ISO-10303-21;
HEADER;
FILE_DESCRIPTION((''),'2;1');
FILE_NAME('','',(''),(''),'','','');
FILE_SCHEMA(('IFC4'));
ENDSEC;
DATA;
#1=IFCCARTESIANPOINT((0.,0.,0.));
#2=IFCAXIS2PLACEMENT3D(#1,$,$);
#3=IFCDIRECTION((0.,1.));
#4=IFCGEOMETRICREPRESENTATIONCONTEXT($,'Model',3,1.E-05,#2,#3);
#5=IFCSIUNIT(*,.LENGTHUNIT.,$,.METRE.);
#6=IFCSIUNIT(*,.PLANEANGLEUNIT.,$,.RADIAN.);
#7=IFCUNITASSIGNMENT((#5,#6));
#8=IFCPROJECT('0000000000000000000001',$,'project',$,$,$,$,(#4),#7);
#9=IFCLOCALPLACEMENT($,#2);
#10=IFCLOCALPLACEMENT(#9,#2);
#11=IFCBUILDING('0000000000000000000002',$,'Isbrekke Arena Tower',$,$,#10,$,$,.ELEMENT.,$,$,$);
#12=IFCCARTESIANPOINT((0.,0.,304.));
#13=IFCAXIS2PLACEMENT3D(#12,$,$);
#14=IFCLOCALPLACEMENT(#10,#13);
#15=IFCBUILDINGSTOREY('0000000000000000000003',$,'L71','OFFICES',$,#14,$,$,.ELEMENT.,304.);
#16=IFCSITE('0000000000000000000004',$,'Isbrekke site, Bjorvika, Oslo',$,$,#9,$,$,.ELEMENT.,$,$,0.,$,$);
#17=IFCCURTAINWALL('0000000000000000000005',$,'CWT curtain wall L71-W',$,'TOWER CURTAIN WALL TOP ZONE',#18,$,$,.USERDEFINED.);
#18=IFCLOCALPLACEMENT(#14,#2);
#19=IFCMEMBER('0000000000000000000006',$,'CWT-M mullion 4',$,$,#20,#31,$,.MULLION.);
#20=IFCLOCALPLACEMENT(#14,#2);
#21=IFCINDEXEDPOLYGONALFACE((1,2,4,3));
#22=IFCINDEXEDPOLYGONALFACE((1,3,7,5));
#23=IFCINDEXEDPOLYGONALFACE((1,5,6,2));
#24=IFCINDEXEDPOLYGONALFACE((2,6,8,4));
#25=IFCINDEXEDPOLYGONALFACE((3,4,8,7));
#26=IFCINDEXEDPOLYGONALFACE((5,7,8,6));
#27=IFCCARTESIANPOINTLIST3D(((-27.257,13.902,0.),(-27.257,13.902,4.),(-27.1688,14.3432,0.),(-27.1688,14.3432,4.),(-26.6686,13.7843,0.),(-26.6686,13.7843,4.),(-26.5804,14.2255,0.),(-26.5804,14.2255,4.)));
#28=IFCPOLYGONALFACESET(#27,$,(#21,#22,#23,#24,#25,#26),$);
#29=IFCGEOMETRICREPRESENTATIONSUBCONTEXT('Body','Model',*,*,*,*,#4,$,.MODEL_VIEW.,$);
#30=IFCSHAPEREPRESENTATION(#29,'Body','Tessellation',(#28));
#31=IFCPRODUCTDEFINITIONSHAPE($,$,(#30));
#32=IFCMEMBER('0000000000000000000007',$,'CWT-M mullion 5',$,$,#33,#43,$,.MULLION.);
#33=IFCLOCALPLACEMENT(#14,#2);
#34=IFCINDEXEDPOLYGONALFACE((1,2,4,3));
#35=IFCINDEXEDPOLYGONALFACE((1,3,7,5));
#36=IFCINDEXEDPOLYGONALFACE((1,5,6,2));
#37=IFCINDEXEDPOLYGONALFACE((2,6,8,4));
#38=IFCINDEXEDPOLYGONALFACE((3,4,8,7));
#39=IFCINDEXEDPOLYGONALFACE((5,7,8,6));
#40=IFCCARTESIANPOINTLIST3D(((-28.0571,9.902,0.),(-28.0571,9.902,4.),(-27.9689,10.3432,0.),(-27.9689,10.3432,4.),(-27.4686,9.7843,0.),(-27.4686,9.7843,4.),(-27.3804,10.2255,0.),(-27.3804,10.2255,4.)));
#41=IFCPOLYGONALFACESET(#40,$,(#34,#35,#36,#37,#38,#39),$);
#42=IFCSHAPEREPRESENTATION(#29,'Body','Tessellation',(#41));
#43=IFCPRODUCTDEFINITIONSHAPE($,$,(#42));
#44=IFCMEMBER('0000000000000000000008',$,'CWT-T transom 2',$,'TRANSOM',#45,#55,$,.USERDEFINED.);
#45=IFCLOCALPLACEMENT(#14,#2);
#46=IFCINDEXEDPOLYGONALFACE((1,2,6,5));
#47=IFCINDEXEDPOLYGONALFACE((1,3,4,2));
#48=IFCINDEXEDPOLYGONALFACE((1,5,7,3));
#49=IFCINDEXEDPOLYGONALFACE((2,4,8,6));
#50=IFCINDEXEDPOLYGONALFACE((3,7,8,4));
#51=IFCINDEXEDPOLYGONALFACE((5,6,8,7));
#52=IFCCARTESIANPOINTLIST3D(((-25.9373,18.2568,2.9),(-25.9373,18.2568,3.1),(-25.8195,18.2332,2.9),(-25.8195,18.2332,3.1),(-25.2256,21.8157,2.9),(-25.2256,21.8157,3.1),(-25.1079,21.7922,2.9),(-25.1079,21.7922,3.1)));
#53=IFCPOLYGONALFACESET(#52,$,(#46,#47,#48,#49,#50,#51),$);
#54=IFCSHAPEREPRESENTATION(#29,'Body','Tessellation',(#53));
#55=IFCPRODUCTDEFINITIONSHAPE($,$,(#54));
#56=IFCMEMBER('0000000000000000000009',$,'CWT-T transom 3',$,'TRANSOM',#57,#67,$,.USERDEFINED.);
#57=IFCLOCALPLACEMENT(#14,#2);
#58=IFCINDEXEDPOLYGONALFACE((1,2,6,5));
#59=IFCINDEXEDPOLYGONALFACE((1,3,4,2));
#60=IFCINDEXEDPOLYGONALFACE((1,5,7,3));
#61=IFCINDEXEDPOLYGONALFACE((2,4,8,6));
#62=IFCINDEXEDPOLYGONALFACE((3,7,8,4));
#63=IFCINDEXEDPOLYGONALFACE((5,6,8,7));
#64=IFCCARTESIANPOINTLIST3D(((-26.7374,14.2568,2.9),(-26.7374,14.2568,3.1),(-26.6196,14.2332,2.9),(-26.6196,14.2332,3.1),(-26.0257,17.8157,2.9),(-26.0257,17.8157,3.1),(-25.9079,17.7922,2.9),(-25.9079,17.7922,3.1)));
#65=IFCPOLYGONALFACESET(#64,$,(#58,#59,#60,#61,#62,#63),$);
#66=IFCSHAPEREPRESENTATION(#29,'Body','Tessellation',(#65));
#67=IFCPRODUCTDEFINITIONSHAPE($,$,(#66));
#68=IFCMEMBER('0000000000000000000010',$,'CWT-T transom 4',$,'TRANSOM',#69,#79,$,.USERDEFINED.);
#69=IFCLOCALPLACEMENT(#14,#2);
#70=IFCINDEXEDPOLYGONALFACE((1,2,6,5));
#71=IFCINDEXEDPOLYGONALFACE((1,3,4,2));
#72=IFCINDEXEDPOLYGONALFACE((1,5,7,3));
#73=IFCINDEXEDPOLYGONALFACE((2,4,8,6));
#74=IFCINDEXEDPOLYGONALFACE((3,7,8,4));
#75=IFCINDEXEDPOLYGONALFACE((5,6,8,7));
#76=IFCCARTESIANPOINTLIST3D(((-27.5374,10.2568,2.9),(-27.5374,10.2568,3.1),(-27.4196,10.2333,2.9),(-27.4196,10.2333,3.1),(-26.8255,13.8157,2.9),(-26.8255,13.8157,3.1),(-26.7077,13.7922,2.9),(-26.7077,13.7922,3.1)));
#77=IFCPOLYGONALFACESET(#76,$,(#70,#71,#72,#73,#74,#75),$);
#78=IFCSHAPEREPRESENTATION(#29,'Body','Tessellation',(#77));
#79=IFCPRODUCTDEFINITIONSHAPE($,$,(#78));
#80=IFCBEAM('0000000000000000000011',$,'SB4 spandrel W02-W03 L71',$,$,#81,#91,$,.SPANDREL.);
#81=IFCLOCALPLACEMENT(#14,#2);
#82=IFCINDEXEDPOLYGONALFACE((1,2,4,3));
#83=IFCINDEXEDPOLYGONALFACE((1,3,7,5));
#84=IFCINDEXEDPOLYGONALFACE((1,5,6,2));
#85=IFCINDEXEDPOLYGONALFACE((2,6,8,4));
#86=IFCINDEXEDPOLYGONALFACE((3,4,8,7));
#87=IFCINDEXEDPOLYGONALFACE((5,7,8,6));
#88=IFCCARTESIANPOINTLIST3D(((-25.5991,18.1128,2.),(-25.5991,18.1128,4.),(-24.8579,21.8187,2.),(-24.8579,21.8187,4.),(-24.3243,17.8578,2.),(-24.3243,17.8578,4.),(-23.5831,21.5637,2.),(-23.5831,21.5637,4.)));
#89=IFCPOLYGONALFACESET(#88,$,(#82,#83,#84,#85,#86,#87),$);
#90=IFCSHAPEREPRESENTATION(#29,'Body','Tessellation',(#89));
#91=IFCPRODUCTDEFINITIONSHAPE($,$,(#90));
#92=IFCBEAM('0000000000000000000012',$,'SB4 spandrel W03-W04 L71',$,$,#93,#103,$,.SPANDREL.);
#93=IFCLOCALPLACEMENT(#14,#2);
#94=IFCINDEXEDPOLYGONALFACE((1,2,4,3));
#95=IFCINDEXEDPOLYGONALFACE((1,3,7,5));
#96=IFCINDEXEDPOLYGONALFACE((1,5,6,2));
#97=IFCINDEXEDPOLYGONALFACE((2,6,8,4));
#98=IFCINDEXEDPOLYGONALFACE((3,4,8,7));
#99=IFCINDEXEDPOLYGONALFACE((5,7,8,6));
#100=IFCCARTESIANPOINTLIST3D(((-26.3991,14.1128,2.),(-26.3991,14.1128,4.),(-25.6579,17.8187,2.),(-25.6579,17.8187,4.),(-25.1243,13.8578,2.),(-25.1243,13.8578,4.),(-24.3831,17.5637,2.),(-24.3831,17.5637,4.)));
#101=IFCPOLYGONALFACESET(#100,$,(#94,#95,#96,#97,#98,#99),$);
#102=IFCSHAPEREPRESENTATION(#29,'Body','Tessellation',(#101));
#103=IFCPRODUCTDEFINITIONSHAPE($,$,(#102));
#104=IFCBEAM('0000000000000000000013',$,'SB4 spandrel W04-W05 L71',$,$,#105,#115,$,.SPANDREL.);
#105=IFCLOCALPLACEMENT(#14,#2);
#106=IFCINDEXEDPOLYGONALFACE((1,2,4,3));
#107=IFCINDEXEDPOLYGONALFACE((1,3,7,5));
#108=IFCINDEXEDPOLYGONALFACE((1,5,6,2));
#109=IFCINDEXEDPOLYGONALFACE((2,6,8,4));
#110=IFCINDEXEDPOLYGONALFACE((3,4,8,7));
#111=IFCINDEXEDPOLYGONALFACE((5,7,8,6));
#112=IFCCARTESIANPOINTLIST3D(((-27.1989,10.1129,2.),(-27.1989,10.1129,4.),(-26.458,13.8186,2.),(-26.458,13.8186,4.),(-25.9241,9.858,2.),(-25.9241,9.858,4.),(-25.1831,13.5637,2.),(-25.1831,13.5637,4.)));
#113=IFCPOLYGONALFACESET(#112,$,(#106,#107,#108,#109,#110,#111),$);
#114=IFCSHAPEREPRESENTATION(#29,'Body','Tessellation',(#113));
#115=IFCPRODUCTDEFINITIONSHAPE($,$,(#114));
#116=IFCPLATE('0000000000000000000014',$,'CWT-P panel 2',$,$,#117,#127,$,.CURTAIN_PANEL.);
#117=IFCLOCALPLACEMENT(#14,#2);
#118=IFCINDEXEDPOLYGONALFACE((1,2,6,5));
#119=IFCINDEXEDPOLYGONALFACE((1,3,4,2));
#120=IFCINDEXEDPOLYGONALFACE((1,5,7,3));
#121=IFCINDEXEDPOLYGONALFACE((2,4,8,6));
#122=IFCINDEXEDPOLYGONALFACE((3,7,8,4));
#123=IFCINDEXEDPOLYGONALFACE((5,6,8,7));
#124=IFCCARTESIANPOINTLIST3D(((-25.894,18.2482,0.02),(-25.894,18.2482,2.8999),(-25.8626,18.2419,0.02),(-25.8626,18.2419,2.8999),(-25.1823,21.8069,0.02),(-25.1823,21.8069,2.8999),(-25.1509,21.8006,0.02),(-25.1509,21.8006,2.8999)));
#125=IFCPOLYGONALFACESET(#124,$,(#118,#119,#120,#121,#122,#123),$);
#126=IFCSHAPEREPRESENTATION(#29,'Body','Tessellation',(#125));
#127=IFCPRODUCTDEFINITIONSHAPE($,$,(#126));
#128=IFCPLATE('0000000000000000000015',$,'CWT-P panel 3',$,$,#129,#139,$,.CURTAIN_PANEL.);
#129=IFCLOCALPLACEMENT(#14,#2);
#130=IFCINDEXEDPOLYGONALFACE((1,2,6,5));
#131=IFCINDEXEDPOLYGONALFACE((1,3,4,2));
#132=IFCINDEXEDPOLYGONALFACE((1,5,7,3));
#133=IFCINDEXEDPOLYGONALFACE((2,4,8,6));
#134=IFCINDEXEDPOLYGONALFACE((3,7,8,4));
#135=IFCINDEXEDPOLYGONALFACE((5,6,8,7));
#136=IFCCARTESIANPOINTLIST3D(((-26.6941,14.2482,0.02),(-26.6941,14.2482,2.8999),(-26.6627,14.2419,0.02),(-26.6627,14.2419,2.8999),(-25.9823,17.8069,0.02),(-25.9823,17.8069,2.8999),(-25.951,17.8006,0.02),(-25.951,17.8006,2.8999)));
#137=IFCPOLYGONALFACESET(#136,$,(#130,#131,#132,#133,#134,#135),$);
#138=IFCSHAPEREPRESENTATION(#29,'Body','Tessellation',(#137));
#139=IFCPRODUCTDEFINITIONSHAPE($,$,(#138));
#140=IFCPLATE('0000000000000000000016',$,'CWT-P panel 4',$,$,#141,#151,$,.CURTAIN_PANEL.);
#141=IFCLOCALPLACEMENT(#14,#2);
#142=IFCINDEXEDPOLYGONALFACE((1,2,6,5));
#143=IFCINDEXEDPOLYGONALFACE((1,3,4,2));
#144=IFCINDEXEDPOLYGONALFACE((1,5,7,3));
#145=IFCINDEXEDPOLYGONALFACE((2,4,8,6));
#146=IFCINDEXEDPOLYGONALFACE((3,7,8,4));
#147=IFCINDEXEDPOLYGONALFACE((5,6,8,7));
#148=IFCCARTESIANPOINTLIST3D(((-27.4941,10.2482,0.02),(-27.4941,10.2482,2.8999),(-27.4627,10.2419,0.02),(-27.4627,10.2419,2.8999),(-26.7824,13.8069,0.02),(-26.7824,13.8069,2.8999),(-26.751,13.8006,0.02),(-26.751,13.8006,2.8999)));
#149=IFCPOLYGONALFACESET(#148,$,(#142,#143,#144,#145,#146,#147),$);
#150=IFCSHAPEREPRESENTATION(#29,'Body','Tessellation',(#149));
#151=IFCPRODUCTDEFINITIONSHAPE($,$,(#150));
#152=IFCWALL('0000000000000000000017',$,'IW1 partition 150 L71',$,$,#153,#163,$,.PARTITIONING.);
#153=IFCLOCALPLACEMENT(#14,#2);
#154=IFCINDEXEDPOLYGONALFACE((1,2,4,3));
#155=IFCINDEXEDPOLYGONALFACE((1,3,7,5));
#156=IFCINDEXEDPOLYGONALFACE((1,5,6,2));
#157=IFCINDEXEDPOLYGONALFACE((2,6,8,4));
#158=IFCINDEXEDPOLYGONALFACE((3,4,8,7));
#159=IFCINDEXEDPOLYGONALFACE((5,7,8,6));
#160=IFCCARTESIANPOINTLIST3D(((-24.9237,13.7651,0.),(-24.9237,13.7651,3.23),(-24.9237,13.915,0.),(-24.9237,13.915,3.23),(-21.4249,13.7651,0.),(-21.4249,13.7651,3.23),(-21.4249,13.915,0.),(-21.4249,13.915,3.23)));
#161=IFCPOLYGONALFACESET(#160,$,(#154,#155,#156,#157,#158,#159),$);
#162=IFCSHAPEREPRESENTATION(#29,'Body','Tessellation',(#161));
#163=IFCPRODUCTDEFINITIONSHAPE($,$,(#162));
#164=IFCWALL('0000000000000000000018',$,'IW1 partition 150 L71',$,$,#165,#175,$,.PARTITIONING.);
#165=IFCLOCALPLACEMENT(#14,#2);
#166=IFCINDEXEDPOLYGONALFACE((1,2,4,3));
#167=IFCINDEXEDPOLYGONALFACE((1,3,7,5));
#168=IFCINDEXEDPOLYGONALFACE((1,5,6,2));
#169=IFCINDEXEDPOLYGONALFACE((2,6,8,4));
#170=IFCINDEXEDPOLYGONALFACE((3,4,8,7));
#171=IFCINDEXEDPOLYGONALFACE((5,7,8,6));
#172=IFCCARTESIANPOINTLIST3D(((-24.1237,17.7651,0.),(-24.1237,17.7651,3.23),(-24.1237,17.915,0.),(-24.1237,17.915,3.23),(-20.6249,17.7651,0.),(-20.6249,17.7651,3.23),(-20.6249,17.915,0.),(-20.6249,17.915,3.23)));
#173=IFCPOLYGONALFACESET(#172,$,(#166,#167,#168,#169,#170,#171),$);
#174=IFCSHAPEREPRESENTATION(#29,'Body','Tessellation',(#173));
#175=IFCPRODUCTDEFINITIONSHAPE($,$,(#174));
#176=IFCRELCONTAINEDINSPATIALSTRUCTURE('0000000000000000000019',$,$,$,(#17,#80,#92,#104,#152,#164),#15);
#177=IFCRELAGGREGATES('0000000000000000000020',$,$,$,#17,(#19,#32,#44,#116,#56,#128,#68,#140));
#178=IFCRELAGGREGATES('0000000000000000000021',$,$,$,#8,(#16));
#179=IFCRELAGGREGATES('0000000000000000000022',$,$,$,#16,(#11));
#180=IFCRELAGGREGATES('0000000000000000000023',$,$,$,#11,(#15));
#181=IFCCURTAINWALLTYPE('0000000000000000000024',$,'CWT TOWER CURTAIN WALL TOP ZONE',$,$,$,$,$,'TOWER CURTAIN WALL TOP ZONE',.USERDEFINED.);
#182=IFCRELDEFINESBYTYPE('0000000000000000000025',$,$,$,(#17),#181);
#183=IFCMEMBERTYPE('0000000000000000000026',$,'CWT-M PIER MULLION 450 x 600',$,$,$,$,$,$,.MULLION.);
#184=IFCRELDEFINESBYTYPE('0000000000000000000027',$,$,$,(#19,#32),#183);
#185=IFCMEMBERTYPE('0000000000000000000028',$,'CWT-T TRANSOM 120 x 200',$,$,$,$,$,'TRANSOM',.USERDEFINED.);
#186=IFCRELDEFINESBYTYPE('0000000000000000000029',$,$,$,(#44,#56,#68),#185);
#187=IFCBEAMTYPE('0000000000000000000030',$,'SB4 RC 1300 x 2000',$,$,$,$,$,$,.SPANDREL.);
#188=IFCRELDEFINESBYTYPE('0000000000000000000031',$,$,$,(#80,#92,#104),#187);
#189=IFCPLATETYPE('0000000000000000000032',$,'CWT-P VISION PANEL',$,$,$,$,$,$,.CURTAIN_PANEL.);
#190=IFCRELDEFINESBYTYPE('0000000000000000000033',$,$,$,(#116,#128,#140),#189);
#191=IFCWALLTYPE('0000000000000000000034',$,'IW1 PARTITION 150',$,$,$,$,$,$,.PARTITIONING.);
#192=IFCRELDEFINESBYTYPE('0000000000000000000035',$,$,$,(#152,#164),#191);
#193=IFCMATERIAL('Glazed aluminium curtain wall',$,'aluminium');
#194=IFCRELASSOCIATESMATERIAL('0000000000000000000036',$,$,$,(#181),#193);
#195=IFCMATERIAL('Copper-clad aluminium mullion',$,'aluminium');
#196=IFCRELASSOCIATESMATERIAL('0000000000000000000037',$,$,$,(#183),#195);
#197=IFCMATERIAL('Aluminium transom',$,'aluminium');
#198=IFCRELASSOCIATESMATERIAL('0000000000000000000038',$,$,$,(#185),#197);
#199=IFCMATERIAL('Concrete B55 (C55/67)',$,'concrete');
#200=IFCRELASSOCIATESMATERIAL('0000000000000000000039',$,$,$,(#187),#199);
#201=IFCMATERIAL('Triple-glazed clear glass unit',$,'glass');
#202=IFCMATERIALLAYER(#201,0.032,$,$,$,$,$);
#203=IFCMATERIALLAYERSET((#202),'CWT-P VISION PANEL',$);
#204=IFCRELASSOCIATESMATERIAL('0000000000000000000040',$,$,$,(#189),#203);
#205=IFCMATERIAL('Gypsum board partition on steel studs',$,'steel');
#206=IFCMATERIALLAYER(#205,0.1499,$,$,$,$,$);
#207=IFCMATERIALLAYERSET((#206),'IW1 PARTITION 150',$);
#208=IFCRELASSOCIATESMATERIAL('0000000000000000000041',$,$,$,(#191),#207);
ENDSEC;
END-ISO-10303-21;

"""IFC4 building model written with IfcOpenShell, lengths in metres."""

from ifc_helpers import new_model, si_unit, direction, frame, frame_2d, origin, origin_2d, place, context, subcontext, project, spatial, rectangle, extrude, material, layer, layer_set, material_profile, profile_set, type_object, element, aggregate, save


model = new_model("IFC4")

# Units and contexts
model_context = context("Model", 3, precision=1e-05, world=origin(), true_north=direction((0.0, 1.0)))
body_context = subcontext(model_context, "Body", "Model", "MODEL_VIEW")
ifc_project = project(units=[si_unit("LENGTHUNIT", "METRE"), si_unit("PLANEANGLEUNIT", "RADIAN")], contexts=[model_context])

# Site, building, storey
site_placement = place(None, origin())
site = spatial("IfcSite", under=ifc_project, at=site_placement, Name="Isbrekke site, Bjorvika, Oslo", CompositionType="ELEMENT", RefElevation=0.0)
building_placement = place(site_placement, origin())
building = spatial("IfcBuilding", under=site, at=building_placement, Name="Isbrekke Arena Tower", CompositionType="ELEMENT")
storey_placement = place(building_placement, frame((0.0, 0.0, 304.0)))
storey = spatial("IfcBuildingStorey", under=building, at=storey_placement, Name="L71", Description="OFFICES", CompositionType="ELEMENT", Elevation=304.0)

# Curtain wall, members
ifc_material_1 = material(Name="Glazed aluminium curtain wall", Category="aluminium")
curtain_wall_type = type_object("IfcCurtainWallType", Name="CWT TOWER CURTAIN WALL TOP ZONE", ElementType="TOWER CURTAIN WALL TOP ZONE", PredefinedType="USERDEFINED", material=ifc_material_1)
curtain_wall_placement = place(storey_placement, origin())
curtain_wall = element("IfcCurtainWall", 1, at=curtain_wall_placement, inside=storey, type_object=curtain_wall_type, Name="CWT curtain wall L71-W", ObjectType="TOWER CURTAIN WALL TOP ZONE", PredefinedType="USERDEFINED")
ifc_material_2 = material(Name="Copper-clad aluminium mullion", Category="aluminium")
ifc_material_profile_1 = material_profile(ifc_material_2, rectangle(XDim=0.45, YDim=0.6001, at=origin_2d()), Name="PIER 450X600")
ifc_profile_set_1 = profile_set([ifc_material_profile_1], Name="Copper-clad aluminium mullion")
member_type_1 = type_object("IfcMemberType", Name="CWT-M PIER MULLION 450 x 600", PredefinedType="MULLION", material=ifc_profile_set_1)
member_1_placement = place(storey_placement, frame((-26.9187, 14.0637, 0.0), z_axis=(0.0, 0.0, 1.0), x_axis=(-0.196116, -0.980581, 0.0)))
member_1 = element("IfcMember", 2, at=member_1_placement, type_object=member_type_1, Name="CWT-M mullion 4", PredefinedType="MULLION", context=body_context, shape_type="SweptSolid", body=[
    extrude(rectangle(XDim=0.45, YDim=0.6001, at=origin_2d()), origin(), (0.0, 0.0, 1.0), 4.0),
])
member_2_placement = place(storey_placement, frame((-27.7188, 10.0637, 0.0), z_axis=(0.0, 0.0, 1.0), x_axis=(-0.196116, -0.980581, 0.0)))
member_2 = element("IfcMember", 3, at=member_2_placement, type_object=member_type_1, Name="CWT-M mullion 5", PredefinedType="MULLION", context=body_context, shape_type="SweptSolid", body=[
    extrude(rectangle(XDim=0.45, YDim=0.6001, at=origin_2d()), origin(), (0.0, 0.0, 1.0), 4.0),
])
ifc_material_3 = material(Name="Aluminium transom", Category="aluminium")
ifc_material_profile_2 = material_profile(ifc_material_3, rectangle(XDim=0.1201, YDim=0.2, at=origin_2d()), Name="TRANSOM 120X200")
ifc_profile_set_2 = profile_set([ifc_material_profile_2], Name="Aluminium transom")
member_type_2 = type_object("IfcMemberType", Name="CWT-T TRANSOM 120 x 200", ElementType="TRANSOM", PredefinedType="USERDEFINED", material=ifc_profile_set_2)
member_3_placement = place(storey_placement, frame((-25.1667, 21.804, 3.0), z_axis=(-0.19609, -0.980586, 0.0), x_axis=(0.980586, -0.19609, 0.0)))
member_3 = element("IfcMember", 4, at=member_3_placement, type_object=member_type_2, Name="CWT-T transom 2", ObjectType="TRANSOM", PredefinedType="USERDEFINED", context=body_context, shape_type="SweptSolid", body=[
    extrude(rectangle(XDim=0.1201, YDim=0.2, at=origin_2d()), origin(), (0.0, 0.0, 1.0), 3.6294),
])
member_4_placement = place(storey_placement, frame((-25.9668, 17.804, 3.0), z_axis=(-0.19609, -0.980586, 0.0), x_axis=(0.980586, -0.19609, 0.0)))
member_4 = element("IfcMember", 5, at=member_4_placement, type_object=member_type_2, Name="CWT-T transom 3", ObjectType="TRANSOM", PredefinedType="USERDEFINED", context=body_context, shape_type="SweptSolid", body=[
    extrude(rectangle(XDim=0.1201, YDim=0.2, at=origin_2d()), origin(), (0.0, 0.0, 1.0), 3.6294),
])
member_5_placement = place(storey_placement, frame((-26.7666, 13.804, 3.0), z_axis=(-0.196155, -0.980573, 0.0), x_axis=(0.980573, -0.196155, 0.0)))
member_5 = element("IfcMember", 6, at=member_5_placement, type_object=member_type_2, Name="CWT-T transom 4", ObjectType="TRANSOM", PredefinedType="USERDEFINED", context=body_context, shape_type="SweptSolid", body=[
    extrude(rectangle(XDim=0.1201, YDim=0.2, at=origin_2d()), origin(), (0.0, 0.0, 1.0), 3.6294),
])

# Beams
ifc_material_4 = material(Name="Concrete B55 (C55/67)", Category="concrete")
ifc_material_profile_3 = material_profile(ifc_material_4, rectangle(XDim=1.3, YDim=2.0, at=origin_2d()), Name="RC 1300x2000")
ifc_profile_set_3 = profile_set([ifc_material_profile_3], Name="Concrete B55 (C55/67)")
beam_type_1 = type_object("IfcBeamType", Name="SB4 RC 1300 x 2000", PredefinedType="SPANDREL", material=ifc_profile_set_3)
for number, where, z_axis, x_axis, name in (
    (7, (-24.2205, 21.6912, 3.0), (-0.196129, -0.980578, 0.0), (0.980578, -0.196129, 0.0), "SB4 spandrel W02-W03 L71"),
    (8, (-25.0205, 17.6912, 3.0), (-0.196129, -0.980578, 0.0), (0.980578, -0.196129, 0.0), "SB4 spandrel W03-W04 L71"),
):
    element("IfcBeam", number, at=place(storey_placement, frame(where, z_axis=z_axis, x_axis=x_axis)), inside=storey, type_object=beam_type_1, Name=name, PredefinedType="SPANDREL", context=body_context, shape_type="SweptSolid", body=[
        extrude(rectangle(XDim=1.3, YDim=2.0, at=origin_2d()), origin(), (0.0, 0.0, 1.0), 3.7793),
    ])
beam_1_placement = place(storey_placement, frame((-25.8206, 13.6912, 3.0), z_axis=(-0.196066, -0.980591, 0.0), x_axis=(0.980591, -0.196066, 0.0)))
element("IfcBeam", 9, at=beam_1_placement, inside=storey, type_object=beam_type_1, Name="SB4 spandrel W04-W05 L71", PredefinedType="SPANDREL", context=body_context, shape_type="SweptSolid", body=[
    extrude(rectangle(XDim=1.3, YDim=2.0, at=origin_2d()), origin(), (0.0, 0.0, 1.0), 3.7791),
])

# Plates
ifc_material_5 = material(Name="Triple-glazed clear glass unit", Category="glass")
ifc_layer_1 = layer(ifc_material_5, 0.032)
ifc_layer_set_1 = layer_set([ifc_layer_1], Name="CWT-P VISION PANEL")
plate_type = type_object("IfcPlateType", Name="CWT-P VISION PANEL", PredefinedType="CURTAIN_PANEL", material=ifc_layer_set_1)
plate_1_placement = place(storey_placement, frame((-25.5225, 20.0244, 0.02), z_axis=(0.0, 0.0, 1.0), x_axis=(-0.196116, -0.980581, 0.0)))
plate_1 = element("IfcPlate", 10, at=plate_1_placement, type_object=plate_type, Name="CWT-P panel 2", PredefinedType="CURTAIN_PANEL", context=body_context, shape_type="SweptSolid", body=[
    extrude(rectangle(XDim=3.6292, YDim=0.032, at=origin_2d()), origin(), (0.0, 0.0, 1.0), 2.8799),
])
plate_2_placement = place(storey_placement, frame((-26.3225, 16.0244, 0.02), z_axis=(0.0, 0.0, 1.0), x_axis=(-0.196116, -0.980581, 0.0)))
plate_2 = element("IfcPlate", 11, at=plate_2_placement, type_object=plate_type, Name="CWT-P panel 3", PredefinedType="CURTAIN_PANEL", context=body_context, shape_type="SweptSolid", body=[
    extrude(rectangle(XDim=3.6292, YDim=0.032, at=origin_2d()), origin(), (0.0, 0.0, 1.0), 2.8799),
])
plate_3_placement = place(storey_placement, frame((-27.1226, 12.0244, 0.02), z_axis=(0.0, 0.0, 1.0), x_axis=(-0.196116, -0.980581, 0.0)))
plate_3 = element("IfcPlate", 12, at=plate_3_placement, type_object=plate_type, Name="CWT-P panel 4", PredefinedType="CURTAIN_PANEL", context=body_context, shape_type="SweptSolid", body=[
    extrude(rectangle(XDim=3.6292, YDim=0.032, at=origin_2d()), origin(), (0.0, 0.0, 1.0), 2.8799),
])
aggregate(curtain_wall, [member_1, member_2, member_3, plate_1, member_4, plate_2, member_5, plate_3])

# Walls
ifc_material_6 = material(Name="Gypsum board partition on steel studs", Category="steel")
ifc_layer_2 = layer(ifc_material_6, 0.1499)
ifc_layer_set_2 = layer_set([ifc_layer_2], Name="IW1 PARTITION 150")
wall_type = type_object("IfcWallType", Name="IW1 PARTITION 150", PredefinedType="PARTITIONING", material=ifc_layer_set_2)
for number, where, z_axis, x_axis, name in (
    (13, (-24.9238, 13.8401, 0.0), (0.0, 0.0, 1.0), (1.0, 0.0, 0.0), "IW1 partition 150 L71"),
    (14, (-24.1238, 17.8401, 0.0), (0.0, 0.0, 1.0), (1.0, 0.0, 0.0), "IW1 partition 150 L71"),
):
    element("IfcWall", number, at=place(storey_placement, frame(where, z_axis=z_axis, x_axis=x_axis)), inside=storey, type_object=wall_type, Name=name, PredefinedType="PARTITIONING", context=body_context, shape_type="SweptSolid", body=[
        extrude(rectangle(XDim=3.4988, YDim=0.1499, at=frame_2d((1.7495, 0.0))), origin(), (0.0, 0.0, 1.0), 3.23),
    ])

save(model, "model.ifc")
